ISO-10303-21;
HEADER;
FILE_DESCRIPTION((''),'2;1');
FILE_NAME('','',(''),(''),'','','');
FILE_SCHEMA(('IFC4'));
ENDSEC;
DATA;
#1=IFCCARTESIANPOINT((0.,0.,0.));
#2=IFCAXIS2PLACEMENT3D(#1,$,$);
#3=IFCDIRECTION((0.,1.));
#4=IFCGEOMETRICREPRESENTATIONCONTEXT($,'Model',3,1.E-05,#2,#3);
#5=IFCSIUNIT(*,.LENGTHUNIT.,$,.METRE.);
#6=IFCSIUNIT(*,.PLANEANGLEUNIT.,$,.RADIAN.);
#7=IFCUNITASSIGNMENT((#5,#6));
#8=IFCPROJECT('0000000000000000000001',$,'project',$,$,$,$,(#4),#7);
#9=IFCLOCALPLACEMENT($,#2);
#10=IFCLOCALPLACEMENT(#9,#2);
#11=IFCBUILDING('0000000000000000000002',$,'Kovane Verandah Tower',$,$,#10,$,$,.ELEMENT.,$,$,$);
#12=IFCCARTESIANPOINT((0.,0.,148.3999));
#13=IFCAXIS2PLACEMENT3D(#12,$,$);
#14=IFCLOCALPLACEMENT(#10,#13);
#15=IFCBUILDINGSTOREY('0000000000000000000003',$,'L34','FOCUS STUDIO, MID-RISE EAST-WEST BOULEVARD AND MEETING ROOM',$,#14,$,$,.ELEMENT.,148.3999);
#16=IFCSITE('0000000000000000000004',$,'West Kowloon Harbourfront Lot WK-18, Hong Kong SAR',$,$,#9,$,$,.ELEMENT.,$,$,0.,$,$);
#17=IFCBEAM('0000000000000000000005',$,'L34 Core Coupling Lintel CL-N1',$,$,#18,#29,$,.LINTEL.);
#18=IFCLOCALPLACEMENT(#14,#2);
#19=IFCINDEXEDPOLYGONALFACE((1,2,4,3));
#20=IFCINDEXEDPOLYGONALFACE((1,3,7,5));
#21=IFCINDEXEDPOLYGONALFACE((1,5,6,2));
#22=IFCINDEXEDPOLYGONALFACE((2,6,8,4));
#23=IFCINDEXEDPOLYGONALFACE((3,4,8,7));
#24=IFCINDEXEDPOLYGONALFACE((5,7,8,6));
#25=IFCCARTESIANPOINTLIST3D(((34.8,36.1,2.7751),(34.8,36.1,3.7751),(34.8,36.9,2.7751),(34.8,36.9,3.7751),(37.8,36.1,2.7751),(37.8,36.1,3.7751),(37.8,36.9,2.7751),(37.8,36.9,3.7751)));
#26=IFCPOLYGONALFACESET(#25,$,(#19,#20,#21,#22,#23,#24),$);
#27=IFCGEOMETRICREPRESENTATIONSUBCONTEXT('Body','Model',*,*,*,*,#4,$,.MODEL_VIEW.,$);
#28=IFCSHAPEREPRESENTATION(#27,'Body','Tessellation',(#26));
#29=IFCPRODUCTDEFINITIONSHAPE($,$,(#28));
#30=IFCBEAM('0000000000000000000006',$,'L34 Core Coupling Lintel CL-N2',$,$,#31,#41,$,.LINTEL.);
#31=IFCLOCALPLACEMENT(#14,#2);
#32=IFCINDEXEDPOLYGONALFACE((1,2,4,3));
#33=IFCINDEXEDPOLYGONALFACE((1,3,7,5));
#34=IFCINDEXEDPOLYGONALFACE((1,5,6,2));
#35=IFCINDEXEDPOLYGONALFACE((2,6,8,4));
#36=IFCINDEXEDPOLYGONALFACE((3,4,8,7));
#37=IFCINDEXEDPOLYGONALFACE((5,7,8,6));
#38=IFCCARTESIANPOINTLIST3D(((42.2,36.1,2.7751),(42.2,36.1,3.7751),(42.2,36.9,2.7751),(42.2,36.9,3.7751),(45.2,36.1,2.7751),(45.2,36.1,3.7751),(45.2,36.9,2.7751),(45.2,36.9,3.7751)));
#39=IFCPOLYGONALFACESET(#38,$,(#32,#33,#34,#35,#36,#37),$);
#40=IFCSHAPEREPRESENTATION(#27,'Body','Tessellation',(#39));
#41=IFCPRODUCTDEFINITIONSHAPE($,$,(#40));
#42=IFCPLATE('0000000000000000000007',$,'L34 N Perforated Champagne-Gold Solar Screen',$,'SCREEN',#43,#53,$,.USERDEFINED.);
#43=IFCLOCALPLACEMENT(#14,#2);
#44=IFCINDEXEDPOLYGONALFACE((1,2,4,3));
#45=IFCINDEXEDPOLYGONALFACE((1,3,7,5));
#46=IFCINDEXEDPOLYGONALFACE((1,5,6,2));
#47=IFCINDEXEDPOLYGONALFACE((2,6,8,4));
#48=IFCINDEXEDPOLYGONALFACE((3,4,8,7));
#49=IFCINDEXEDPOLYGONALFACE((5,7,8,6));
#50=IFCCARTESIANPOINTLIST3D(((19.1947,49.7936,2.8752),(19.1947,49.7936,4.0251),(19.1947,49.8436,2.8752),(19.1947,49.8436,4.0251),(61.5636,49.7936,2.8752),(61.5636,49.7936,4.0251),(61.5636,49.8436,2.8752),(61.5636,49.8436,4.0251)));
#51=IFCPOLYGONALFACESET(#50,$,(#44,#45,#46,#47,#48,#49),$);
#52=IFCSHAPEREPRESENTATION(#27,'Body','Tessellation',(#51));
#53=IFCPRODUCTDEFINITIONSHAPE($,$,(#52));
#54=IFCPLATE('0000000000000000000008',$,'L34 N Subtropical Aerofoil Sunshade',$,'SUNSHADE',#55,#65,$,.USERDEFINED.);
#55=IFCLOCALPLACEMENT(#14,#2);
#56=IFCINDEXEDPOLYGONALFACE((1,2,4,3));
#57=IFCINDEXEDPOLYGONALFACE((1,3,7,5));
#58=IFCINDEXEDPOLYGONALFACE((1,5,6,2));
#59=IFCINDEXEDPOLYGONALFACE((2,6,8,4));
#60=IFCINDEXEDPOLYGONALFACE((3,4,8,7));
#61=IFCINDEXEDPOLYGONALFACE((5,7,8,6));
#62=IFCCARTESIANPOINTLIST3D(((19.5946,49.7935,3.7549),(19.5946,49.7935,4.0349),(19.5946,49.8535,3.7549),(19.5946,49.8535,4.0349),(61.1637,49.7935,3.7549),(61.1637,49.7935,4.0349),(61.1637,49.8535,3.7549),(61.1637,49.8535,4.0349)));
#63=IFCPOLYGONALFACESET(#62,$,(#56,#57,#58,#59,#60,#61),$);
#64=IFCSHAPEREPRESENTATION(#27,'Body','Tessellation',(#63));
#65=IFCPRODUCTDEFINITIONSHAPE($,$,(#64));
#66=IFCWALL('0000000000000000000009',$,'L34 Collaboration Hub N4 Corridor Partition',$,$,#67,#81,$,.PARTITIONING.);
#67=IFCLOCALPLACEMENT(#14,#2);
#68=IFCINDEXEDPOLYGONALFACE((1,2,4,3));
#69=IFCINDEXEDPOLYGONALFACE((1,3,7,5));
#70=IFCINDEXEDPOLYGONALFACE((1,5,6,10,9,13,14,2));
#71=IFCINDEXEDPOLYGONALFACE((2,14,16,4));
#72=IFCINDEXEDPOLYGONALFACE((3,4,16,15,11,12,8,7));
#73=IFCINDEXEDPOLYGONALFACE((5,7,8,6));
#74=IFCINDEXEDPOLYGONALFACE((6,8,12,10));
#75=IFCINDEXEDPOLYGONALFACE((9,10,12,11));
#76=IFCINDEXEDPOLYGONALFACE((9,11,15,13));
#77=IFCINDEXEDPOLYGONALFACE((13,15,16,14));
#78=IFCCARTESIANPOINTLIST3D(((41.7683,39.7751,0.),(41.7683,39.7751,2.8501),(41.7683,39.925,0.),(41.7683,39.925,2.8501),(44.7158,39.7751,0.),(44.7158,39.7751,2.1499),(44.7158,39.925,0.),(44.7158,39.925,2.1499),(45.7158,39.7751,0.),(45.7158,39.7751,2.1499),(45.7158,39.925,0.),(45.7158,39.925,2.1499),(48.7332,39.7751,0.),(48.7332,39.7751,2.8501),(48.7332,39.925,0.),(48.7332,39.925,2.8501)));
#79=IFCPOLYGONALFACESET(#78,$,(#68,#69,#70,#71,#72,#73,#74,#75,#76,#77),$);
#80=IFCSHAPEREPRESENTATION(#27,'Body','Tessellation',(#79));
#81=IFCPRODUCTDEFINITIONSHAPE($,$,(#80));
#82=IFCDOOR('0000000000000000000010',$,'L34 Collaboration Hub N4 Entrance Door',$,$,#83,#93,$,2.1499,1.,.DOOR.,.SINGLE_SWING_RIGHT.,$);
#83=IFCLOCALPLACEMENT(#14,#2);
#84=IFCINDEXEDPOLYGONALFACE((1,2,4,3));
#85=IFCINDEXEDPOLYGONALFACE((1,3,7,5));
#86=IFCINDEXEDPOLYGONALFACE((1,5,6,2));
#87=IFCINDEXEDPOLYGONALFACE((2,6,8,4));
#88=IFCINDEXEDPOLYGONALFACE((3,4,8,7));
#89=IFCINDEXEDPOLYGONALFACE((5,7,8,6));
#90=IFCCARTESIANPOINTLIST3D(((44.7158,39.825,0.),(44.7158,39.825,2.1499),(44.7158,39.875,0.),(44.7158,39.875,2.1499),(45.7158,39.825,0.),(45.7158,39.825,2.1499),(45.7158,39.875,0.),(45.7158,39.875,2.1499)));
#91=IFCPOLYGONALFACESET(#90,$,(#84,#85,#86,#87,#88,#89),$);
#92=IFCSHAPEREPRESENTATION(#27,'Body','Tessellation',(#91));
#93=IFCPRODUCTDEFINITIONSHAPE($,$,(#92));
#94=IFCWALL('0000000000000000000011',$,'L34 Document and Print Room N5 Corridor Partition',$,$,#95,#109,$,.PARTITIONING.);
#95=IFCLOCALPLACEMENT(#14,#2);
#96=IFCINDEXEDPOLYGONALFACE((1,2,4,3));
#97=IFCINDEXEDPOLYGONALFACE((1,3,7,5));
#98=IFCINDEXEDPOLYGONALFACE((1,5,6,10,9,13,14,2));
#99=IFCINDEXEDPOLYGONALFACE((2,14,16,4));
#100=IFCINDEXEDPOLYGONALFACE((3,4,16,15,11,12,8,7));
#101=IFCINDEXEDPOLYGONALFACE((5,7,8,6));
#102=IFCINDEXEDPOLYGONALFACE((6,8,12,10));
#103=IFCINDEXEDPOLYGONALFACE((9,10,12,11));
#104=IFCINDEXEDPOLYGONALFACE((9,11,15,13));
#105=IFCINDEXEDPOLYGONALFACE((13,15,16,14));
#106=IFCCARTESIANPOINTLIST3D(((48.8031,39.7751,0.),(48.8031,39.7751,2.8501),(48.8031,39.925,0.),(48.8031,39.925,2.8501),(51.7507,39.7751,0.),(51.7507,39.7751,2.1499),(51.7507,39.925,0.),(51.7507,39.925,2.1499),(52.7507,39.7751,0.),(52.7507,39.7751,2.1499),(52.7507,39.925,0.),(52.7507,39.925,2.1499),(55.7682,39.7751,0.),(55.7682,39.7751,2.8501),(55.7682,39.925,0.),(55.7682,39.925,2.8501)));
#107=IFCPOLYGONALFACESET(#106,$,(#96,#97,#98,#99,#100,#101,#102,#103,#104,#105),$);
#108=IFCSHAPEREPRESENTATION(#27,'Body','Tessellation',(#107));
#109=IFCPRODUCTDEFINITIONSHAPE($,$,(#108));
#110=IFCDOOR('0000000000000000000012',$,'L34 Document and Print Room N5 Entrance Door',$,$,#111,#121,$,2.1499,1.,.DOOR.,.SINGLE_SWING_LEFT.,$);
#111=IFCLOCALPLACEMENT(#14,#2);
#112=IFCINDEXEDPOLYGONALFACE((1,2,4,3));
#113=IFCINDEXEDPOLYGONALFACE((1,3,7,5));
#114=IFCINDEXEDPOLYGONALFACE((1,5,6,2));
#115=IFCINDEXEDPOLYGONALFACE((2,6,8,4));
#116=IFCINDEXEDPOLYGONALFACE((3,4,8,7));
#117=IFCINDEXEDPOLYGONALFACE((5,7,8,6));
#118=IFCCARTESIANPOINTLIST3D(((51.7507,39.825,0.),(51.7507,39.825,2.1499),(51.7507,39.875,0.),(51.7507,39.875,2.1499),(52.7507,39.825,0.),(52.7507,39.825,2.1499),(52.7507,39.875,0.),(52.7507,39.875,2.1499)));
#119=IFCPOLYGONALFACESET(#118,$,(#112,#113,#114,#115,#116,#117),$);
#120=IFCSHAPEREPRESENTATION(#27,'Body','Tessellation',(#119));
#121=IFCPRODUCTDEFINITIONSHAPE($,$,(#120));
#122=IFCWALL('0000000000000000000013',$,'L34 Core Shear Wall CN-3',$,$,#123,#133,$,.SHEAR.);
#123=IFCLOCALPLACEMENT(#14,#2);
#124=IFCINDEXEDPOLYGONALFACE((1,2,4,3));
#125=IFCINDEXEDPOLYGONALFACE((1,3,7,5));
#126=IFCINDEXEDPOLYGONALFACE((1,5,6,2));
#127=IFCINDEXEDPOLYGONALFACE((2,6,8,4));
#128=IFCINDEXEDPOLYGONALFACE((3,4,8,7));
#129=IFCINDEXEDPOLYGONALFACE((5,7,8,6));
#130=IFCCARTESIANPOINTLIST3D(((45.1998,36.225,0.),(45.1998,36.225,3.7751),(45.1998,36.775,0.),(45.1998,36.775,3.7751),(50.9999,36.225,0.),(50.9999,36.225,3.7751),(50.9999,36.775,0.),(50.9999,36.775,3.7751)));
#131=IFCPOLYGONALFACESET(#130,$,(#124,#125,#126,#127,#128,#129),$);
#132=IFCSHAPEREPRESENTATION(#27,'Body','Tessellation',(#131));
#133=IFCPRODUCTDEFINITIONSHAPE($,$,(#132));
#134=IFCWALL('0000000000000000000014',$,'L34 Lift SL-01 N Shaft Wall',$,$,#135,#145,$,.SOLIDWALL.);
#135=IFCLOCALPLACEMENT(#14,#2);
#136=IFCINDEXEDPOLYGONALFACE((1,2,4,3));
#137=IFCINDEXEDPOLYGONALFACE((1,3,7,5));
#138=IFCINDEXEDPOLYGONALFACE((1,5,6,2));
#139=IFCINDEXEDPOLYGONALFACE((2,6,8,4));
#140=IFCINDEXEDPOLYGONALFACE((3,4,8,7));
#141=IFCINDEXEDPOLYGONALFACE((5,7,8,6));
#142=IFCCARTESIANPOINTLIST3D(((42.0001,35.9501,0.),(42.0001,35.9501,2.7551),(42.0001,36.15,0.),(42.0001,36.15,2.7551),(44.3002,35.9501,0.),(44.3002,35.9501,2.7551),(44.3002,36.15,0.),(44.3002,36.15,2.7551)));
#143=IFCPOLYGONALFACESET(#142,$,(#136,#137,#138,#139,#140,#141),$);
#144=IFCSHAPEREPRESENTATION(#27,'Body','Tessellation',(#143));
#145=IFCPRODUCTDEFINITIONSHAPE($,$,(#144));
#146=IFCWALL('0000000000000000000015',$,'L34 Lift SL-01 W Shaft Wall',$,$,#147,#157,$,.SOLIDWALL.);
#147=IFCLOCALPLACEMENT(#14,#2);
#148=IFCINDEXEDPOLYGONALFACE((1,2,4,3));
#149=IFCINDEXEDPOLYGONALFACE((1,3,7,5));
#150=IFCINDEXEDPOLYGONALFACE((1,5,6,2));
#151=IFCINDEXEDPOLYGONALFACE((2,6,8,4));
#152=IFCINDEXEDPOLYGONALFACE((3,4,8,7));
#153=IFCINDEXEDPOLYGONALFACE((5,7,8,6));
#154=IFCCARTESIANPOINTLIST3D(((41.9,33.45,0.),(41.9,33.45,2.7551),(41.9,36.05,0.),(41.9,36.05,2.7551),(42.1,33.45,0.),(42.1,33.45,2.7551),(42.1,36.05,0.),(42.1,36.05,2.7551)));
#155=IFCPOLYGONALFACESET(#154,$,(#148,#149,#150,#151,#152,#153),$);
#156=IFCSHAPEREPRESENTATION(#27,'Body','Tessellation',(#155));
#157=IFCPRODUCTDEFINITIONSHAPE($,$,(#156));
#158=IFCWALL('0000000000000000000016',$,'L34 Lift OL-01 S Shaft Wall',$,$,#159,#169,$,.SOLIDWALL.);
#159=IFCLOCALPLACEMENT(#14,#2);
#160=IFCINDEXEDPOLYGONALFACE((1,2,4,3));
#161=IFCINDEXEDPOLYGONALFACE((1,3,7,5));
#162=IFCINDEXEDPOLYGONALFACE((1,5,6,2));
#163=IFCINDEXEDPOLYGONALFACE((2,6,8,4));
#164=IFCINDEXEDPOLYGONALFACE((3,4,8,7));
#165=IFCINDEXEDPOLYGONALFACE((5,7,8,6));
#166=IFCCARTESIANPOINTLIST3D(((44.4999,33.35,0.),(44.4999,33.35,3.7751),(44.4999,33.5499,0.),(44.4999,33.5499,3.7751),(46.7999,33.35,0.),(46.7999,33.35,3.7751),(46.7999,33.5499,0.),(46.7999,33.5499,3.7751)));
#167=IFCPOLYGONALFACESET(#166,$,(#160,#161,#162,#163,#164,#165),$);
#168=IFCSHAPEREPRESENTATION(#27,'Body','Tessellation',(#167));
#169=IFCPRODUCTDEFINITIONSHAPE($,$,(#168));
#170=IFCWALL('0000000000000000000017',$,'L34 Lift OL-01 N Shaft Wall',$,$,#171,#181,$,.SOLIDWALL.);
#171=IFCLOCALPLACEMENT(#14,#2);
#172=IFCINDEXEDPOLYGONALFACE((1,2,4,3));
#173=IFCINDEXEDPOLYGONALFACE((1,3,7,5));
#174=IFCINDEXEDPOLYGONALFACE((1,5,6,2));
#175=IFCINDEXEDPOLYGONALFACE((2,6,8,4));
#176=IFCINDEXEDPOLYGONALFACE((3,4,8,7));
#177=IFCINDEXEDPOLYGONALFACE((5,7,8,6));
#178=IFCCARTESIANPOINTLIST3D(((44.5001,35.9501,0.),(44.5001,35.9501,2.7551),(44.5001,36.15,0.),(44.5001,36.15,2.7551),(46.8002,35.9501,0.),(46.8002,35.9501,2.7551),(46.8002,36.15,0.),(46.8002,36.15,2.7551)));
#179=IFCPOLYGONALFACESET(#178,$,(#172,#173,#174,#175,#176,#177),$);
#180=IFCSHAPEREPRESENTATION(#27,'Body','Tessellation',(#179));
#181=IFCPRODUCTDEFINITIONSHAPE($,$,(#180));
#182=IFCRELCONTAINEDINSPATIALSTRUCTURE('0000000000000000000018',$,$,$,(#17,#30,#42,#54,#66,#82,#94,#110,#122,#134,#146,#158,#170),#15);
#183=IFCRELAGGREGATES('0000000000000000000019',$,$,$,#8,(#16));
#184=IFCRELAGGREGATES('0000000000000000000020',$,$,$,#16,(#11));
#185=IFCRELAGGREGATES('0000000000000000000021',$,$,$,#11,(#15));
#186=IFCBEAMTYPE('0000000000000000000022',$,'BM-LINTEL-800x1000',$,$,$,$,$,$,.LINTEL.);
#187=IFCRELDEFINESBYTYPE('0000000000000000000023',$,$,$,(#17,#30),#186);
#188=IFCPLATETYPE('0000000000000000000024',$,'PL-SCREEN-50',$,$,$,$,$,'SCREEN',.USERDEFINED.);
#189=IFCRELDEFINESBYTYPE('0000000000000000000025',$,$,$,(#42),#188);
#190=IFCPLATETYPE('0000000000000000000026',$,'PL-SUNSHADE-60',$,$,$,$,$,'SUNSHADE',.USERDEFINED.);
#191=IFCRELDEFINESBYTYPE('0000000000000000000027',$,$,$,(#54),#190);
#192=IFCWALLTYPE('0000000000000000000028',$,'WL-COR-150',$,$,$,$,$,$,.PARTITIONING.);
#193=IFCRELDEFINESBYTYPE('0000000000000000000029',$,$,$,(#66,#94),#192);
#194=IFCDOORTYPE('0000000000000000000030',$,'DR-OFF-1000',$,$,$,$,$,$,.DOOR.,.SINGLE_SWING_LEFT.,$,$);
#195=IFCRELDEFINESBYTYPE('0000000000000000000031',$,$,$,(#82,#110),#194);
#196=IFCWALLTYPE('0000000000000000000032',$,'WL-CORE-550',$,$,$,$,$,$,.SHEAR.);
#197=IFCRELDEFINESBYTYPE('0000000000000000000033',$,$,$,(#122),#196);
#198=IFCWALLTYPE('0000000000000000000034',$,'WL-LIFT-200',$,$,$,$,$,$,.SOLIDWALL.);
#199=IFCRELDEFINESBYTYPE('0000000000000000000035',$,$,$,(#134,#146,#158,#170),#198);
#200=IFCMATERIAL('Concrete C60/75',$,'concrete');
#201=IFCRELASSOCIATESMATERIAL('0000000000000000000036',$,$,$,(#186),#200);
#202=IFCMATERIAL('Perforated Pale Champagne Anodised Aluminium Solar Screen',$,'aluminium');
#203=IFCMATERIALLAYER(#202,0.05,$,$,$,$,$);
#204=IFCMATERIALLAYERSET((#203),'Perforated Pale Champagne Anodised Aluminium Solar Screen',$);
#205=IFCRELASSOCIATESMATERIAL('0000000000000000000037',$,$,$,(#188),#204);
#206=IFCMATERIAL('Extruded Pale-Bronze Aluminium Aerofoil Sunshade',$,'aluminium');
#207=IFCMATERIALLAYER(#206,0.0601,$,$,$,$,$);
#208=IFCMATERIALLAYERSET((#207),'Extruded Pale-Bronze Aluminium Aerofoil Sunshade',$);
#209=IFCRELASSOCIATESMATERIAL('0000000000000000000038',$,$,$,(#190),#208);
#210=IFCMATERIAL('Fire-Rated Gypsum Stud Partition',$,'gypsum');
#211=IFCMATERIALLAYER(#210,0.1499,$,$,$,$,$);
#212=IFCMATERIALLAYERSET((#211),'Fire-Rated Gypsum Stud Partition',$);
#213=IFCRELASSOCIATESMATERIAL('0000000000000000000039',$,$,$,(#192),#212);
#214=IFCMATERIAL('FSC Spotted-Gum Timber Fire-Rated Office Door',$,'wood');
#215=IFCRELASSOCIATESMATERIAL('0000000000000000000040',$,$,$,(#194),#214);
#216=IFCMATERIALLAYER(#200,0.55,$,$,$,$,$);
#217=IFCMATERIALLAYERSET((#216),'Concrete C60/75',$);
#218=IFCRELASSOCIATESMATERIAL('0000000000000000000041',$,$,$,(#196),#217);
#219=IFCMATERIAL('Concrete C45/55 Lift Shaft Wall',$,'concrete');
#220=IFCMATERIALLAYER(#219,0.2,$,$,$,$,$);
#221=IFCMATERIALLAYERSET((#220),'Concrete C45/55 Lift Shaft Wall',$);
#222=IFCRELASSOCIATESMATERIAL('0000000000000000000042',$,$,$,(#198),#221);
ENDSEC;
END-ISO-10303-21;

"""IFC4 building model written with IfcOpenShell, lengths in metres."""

from ifc_helpers import new_model, si_unit, direction, frame, frame_2d, origin, origin_2d, place, context, subcontext, project, spatial, rectangle, extrude, material, layer, layer_set, material_profile, profile_set, type_object, element, fill, save


model = new_model("IFC4")

# Units and contexts
model_context = context("Model", 3, precision=1e-05, world=origin(), true_north=direction((0.0, 1.0)))
body_context = subcontext(model_context, "Body", "Model", "MODEL_VIEW")
ifc_project = project(units=[si_unit("LENGTHUNIT", "METRE"), si_unit("PLANEANGLEUNIT", "RADIAN")], contexts=[model_context])

# Site, building, storey
site_placement = place(None, origin())
site = spatial("IfcSite", under=ifc_project, at=site_placement, Name="West Kowloon Harbourfront Lot WK-18, Hong Kong SAR", CompositionType="ELEMENT", RefElevation=0.0)
building_placement = place(site_placement, origin())
building = spatial("IfcBuilding", under=site, at=building_placement, Name="Kovane Verandah Tower", CompositionType="ELEMENT")
storey_placement = place(building_placement, frame((0.0, 0.0, 148.3999)))
storey = spatial("IfcBuildingStorey", under=building, at=storey_placement, Name="L34", Description="FOCUS STUDIO, MID-RISE EAST-WEST BOULEVARD AND MEETING ROOM", CompositionType="ELEMENT", Elevation=148.3999)

# Beams
ifc_material_1 = material(Name="Concrete C60/75", Category="concrete")
ifc_material_profile = material_profile(ifc_material_1, rectangle(XDim=0.8, YDim=1.0, at=origin_2d()), Name="RCB800x1000")
ifc_profile_set = profile_set([ifc_material_profile], Name="Concrete C60/75")
beam_type = type_object("IfcBeamType", Name="BM-LINTEL-800x1000", PredefinedType="LINTEL", material=ifc_profile_set)
for number, where, z_axis, x_axis, name in (
    (1, (34.8, 36.5, 3.2751), (1.0, 0.0, 0.0), (0.0, 1.0, 0.0), "L34 Core Coupling Lintel CL-N1"),
    (2, (42.2, 36.5, 3.2751), (1.0, 0.0, 0.0), (0.0, 1.0, 0.0), "L34 Core Coupling Lintel CL-N2"),
):
    element("IfcBeam", number, at=place(storey_placement, frame(where, z_axis=z_axis, x_axis=x_axis)), inside=storey, type_object=beam_type, Name=name, PredefinedType="LINTEL", context=body_context, shape_type="SweptSolid", body=[
        extrude(rectangle(XDim=0.8, YDim=1.0, at=origin_2d()), origin(), (0.0, 0.0, 1.0), 3.0),
    ])

# Plates
ifc_material_2 = material(Name="Perforated Pale Champagne Anodised Aluminium Solar Screen", Category="aluminium")
ifc_layer_1 = layer(ifc_material_2, 0.05)
ifc_layer_set_1 = layer_set([ifc_layer_1], Name="Perforated Pale Champagne Anodised Aluminium Solar Screen")
plate_type_1 = type_object("IfcPlateType", Name="PL-SCREEN-50", ElementType="SCREEN", PredefinedType="USERDEFINED", material=ifc_layer_set_1)
plate_1_placement = place(storey_placement, frame((40.3792, 49.8186, 2.8752), z_axis=(0.0, 0.0, 1.0), x_axis=(-1.0, 0.0, 0.0)))
element("IfcPlate", 3, at=plate_1_placement, inside=storey, type_object=plate_type_1, Name="L34 N Perforated Champagne-Gold Solar Screen", ObjectType="SCREEN", PredefinedType="USERDEFINED", context=body_context, shape_type="SweptSolid", body=[
    extrude(rectangle(XDim=42.3689, YDim=0.05, at=origin_2d()), origin(), (0.0, 0.0, 1.0), 1.1499),
])
ifc_material_3 = material(Name="Extruded Pale-Bronze Aluminium Aerofoil Sunshade", Category="aluminium")
ifc_layer_2 = layer(ifc_material_3, 0.0601)
ifc_layer_set_2 = layer_set([ifc_layer_2], Name="Extruded Pale-Bronze Aluminium Aerofoil Sunshade")
plate_type_2 = type_object("IfcPlateType", Name="PL-SUNSHADE-60", ElementType="SUNSHADE", PredefinedType="USERDEFINED", material=ifc_layer_set_2)
plate_2_placement = place(storey_placement, frame((40.3792, 49.8235, 3.7549), z_axis=(0.0, 0.0, 1.0), x_axis=(-1.0, 0.0, 0.0)))
element("IfcPlate", 4, at=plate_2_placement, inside=storey, type_object=plate_type_2, Name="L34 N Subtropical Aerofoil Sunshade", ObjectType="SUNSHADE", PredefinedType="USERDEFINED", context=body_context, shape_type="SweptSolid", body=[
    extrude(rectangle(XDim=41.5691, YDim=0.0601, at=origin_2d()), origin(), (0.0, 0.0, 1.0), 0.28),
])

# Walls, openings, doors
ifc_material_4 = material(Name="Fire-Rated Gypsum Stud Partition", Category="gypsum")
ifc_layer_3 = layer(ifc_material_4, 0.1499)
ifc_layer_set_3 = layer_set([ifc_layer_3], Name="Fire-Rated Gypsum Stud Partition")
wall_type_1 = type_object("IfcWallType", Name="WL-COR-150", PredefinedType="PARTITIONING", material=ifc_layer_set_3)
wall_1_placement = place(storey_placement, frame((41.7683, 39.8501, 0.0), z_axis=(0.0, 0.0, 1.0), x_axis=(1.0, 0.0, 0.0)))
wall_1 = element("IfcWall", 5, at=wall_1_placement, inside=storey, type_object=wall_type_1, Name="L34 Collaboration Hub N4 Corridor Partition", PredefinedType="PARTITIONING", context=body_context, shape_type="SweptSolid", body=[
    extrude(rectangle(XDim=6.9648, YDim=0.1499, at=frame_2d((3.4824, 0.0))), origin(), (0.0, 0.0, 1.0), 2.8501),
])
opening_1_placement = place(wall_1_placement, frame((2.9475, 0.0, 0.0)))
opening_1 = element("IfcOpeningElement", 6, at=opening_1_placement, cuts=wall_1, PredefinedType="OPENING", context=body_context, shape_type="SweptSolid", body=[
    extrude(rectangle(XDim=1.0, YDim=2.1499, at=frame_2d((0.5, 1.075))), frame((0.0, 0.075, 0.0), z_axis=(0.0, -1.0, 0.0), x_axis=(1.0, 0.0, 0.0)), (0.0, 0.0, 1.0), 0.1499),
])
ifc_material_5 = material(Name="FSC Spotted-Gum Timber Fire-Rated Office Door", Category="wood")
door_type_1 = type_object("IfcDoorType", Name="DR-OFF-1000", OperationType="SINGLE_SWING_LEFT", PredefinedType="DOOR", material=ifc_material_5)
door_1_placement = place(opening_1_placement, origin())
door_1 = element("IfcDoor", 7, at=door_1_placement, inside=storey, type_object=door_type_1, Name="L34 Collaboration Hub N4 Entrance Door", OperationType="SINGLE_SWING_RIGHT", OverallHeight=2.1499, OverallWidth=1.0, PredefinedType="DOOR", context=body_context, shape_type="SweptSolid", body=[
    extrude(rectangle(XDim=1.0, YDim=2.1499, at=frame_2d((0.5, 1.075))), frame((0.0, 0.0249, 0.0), z_axis=(0.0, -1.0, 0.0), x_axis=(1.0, 0.0, 0.0)), (0.0, 0.0, 1.0), 0.05),
])
fill(opening_1, door_1)
wall_2_placement = place(storey_placement, frame((48.8032, 39.8501, 0.0), z_axis=(0.0, 0.0, 1.0), x_axis=(1.0, 0.0, 0.0)))
wall_2 = element("IfcWall", 8, at=wall_2_placement, inside=storey, type_object=wall_type_1, Name="L34 Document and Print Room N5 Corridor Partition", PredefinedType="PARTITIONING", context=body_context, shape_type="SweptSolid", body=[
    extrude(rectangle(XDim=6.9651, YDim=0.1499, at=frame_2d((3.4824, 0.0))), origin(), (0.0, 0.0, 1.0), 2.8501),
])
opening_2_placement = place(wall_2_placement, frame((2.9475, 0.0, 0.0)))
opening_2 = element("IfcOpeningElement", 9, at=opening_2_placement, cuts=wall_2, PredefinedType="OPENING", context=body_context, shape_type="SweptSolid", body=[
    extrude(rectangle(XDim=1.0, YDim=2.1499, at=frame_2d((0.5, 1.075))), frame((0.0, 0.075, 0.0), z_axis=(0.0, -1.0, 0.0), x_axis=(1.0, 0.0, 0.0)), (0.0, 0.0, 1.0), 0.1499),
])
door_2_placement = place(opening_2_placement, origin())
door_2 = element("IfcDoor", 10, at=door_2_placement, inside=storey, type_object=door_type_1, Name="L34 Document and Print Room N5 Entrance Door", OperationType="SINGLE_SWING_LEFT", OverallHeight=2.1499, OverallWidth=1.0, PredefinedType="DOOR", context=body_context, shape_type="SweptSolid", body=[
    extrude(rectangle(XDim=1.0, YDim=2.1499, at=frame_2d((0.5, 1.075))), frame((0.0, 0.0249, 0.0), z_axis=(0.0, -1.0, 0.0), x_axis=(1.0, 0.0, 0.0)), (0.0, 0.0, 1.0), 0.05),
])
fill(opening_2, door_2)
ifc_layer_4 = layer(ifc_material_1, 0.55)
ifc_layer_set_4 = layer_set([ifc_layer_4], Name="Concrete C60/75")
wall_type_2 = type_object("IfcWallType", Name="WL-CORE-550", PredefinedType="SHEAR", material=ifc_layer_set_4)

# Walls
wall_3_placement = place(storey_placement, frame((45.2, 36.5, 0.0), z_axis=(0.0, 0.0, 1.0), x_axis=(1.0, 0.0, 0.0)))
element("IfcWall", 11, at=wall_3_placement, inside=storey, type_object=wall_type_2, Name="L34 Core Shear Wall CN-3", PredefinedType="SHEAR", context=body_context, shape_type="SweptSolid", body=[
    extrude(rectangle(XDim=5.8, YDim=0.55, at=frame_2d((2.8999, 0.0))), origin(), (0.0, 0.0, 1.0), 3.7751),
])
ifc_material_6 = material(Name="Concrete C45/55 Lift Shaft Wall", Category="concrete")
ifc_layer_5 = layer(ifc_material_6, 0.2)
ifc_layer_set_5 = layer_set([ifc_layer_5], Name="Concrete C45/55 Lift Shaft Wall")
wall_type_3 = type_object("IfcWallType", Name="WL-LIFT-200", PredefinedType="SOLIDWALL", material=ifc_layer_set_5)
wall_4_placement = place(storey_placement, frame((44.3, 36.05, 0.0), z_axis=(0.0, 0.0, 1.0), x_axis=(-1.0, 0.0, 0.0)))
element("IfcWall", 12, at=wall_4_placement, inside=storey, type_object=wall_type_3, Name="L34 Lift SL-01 N Shaft Wall", PredefinedType="SOLIDWALL", context=body_context, shape_type="SweptSolid", body=[
    extrude(rectangle(XDim=2.3, YDim=0.2, at=frame_2d((1.1499, 0.0))), origin(), (0.0, 0.0, 1.0), 2.7551),
])
wall_5_placement = place(storey_placement, frame((42.0, 36.05, 0.0), z_axis=(0.0, 0.0, 1.0), x_axis=(0.0, -1.0, 0.0)))
element("IfcWall", 13, at=wall_5_placement, inside=storey, type_object=wall_type_3, Name="L34 Lift SL-01 W Shaft Wall", PredefinedType="SOLIDWALL", context=body_context, shape_type="SweptSolid", body=[
    extrude(rectangle(XDim=2.6001, YDim=0.2, at=frame_2d((1.3, 0.0))), origin(), (0.0, 0.0, 1.0), 2.7551),
])
wall_6_placement = place(storey_placement, frame((44.5, 33.45, 0.0), z_axis=(0.0, 0.0, 1.0), x_axis=(1.0, 0.0, 0.0)))
element("IfcWall", 14, at=wall_6_placement, inside=storey, type_object=wall_type_3, Name="L34 Lift OL-01 S Shaft Wall", PredefinedType="SOLIDWALL", context=body_context, shape_type="SweptSolid", body=[
    extrude(rectangle(XDim=2.3, YDim=0.2, at=frame_2d((1.1499, 0.0))), origin(), (0.0, 0.0, 1.0), 3.7751),
])
wall_7_placement = place(storey_placement, frame((46.8, 36.05, 0.0), z_axis=(0.0, 0.0, 1.0), x_axis=(-1.0, 0.0, 0.0)))
element("IfcWall", 15, at=wall_7_placement, inside=storey, type_object=wall_type_3, Name="L34 Lift OL-01 N Shaft Wall", PredefinedType="SOLIDWALL", context=body_context, shape_type="SweptSolid", body=[
    extrude(rectangle(XDim=2.3, YDim=0.2, at=frame_2d((1.1499, 0.0))), origin(), (0.0, 0.0, 1.0), 2.7551),
])

save(model, "model.ifc")
